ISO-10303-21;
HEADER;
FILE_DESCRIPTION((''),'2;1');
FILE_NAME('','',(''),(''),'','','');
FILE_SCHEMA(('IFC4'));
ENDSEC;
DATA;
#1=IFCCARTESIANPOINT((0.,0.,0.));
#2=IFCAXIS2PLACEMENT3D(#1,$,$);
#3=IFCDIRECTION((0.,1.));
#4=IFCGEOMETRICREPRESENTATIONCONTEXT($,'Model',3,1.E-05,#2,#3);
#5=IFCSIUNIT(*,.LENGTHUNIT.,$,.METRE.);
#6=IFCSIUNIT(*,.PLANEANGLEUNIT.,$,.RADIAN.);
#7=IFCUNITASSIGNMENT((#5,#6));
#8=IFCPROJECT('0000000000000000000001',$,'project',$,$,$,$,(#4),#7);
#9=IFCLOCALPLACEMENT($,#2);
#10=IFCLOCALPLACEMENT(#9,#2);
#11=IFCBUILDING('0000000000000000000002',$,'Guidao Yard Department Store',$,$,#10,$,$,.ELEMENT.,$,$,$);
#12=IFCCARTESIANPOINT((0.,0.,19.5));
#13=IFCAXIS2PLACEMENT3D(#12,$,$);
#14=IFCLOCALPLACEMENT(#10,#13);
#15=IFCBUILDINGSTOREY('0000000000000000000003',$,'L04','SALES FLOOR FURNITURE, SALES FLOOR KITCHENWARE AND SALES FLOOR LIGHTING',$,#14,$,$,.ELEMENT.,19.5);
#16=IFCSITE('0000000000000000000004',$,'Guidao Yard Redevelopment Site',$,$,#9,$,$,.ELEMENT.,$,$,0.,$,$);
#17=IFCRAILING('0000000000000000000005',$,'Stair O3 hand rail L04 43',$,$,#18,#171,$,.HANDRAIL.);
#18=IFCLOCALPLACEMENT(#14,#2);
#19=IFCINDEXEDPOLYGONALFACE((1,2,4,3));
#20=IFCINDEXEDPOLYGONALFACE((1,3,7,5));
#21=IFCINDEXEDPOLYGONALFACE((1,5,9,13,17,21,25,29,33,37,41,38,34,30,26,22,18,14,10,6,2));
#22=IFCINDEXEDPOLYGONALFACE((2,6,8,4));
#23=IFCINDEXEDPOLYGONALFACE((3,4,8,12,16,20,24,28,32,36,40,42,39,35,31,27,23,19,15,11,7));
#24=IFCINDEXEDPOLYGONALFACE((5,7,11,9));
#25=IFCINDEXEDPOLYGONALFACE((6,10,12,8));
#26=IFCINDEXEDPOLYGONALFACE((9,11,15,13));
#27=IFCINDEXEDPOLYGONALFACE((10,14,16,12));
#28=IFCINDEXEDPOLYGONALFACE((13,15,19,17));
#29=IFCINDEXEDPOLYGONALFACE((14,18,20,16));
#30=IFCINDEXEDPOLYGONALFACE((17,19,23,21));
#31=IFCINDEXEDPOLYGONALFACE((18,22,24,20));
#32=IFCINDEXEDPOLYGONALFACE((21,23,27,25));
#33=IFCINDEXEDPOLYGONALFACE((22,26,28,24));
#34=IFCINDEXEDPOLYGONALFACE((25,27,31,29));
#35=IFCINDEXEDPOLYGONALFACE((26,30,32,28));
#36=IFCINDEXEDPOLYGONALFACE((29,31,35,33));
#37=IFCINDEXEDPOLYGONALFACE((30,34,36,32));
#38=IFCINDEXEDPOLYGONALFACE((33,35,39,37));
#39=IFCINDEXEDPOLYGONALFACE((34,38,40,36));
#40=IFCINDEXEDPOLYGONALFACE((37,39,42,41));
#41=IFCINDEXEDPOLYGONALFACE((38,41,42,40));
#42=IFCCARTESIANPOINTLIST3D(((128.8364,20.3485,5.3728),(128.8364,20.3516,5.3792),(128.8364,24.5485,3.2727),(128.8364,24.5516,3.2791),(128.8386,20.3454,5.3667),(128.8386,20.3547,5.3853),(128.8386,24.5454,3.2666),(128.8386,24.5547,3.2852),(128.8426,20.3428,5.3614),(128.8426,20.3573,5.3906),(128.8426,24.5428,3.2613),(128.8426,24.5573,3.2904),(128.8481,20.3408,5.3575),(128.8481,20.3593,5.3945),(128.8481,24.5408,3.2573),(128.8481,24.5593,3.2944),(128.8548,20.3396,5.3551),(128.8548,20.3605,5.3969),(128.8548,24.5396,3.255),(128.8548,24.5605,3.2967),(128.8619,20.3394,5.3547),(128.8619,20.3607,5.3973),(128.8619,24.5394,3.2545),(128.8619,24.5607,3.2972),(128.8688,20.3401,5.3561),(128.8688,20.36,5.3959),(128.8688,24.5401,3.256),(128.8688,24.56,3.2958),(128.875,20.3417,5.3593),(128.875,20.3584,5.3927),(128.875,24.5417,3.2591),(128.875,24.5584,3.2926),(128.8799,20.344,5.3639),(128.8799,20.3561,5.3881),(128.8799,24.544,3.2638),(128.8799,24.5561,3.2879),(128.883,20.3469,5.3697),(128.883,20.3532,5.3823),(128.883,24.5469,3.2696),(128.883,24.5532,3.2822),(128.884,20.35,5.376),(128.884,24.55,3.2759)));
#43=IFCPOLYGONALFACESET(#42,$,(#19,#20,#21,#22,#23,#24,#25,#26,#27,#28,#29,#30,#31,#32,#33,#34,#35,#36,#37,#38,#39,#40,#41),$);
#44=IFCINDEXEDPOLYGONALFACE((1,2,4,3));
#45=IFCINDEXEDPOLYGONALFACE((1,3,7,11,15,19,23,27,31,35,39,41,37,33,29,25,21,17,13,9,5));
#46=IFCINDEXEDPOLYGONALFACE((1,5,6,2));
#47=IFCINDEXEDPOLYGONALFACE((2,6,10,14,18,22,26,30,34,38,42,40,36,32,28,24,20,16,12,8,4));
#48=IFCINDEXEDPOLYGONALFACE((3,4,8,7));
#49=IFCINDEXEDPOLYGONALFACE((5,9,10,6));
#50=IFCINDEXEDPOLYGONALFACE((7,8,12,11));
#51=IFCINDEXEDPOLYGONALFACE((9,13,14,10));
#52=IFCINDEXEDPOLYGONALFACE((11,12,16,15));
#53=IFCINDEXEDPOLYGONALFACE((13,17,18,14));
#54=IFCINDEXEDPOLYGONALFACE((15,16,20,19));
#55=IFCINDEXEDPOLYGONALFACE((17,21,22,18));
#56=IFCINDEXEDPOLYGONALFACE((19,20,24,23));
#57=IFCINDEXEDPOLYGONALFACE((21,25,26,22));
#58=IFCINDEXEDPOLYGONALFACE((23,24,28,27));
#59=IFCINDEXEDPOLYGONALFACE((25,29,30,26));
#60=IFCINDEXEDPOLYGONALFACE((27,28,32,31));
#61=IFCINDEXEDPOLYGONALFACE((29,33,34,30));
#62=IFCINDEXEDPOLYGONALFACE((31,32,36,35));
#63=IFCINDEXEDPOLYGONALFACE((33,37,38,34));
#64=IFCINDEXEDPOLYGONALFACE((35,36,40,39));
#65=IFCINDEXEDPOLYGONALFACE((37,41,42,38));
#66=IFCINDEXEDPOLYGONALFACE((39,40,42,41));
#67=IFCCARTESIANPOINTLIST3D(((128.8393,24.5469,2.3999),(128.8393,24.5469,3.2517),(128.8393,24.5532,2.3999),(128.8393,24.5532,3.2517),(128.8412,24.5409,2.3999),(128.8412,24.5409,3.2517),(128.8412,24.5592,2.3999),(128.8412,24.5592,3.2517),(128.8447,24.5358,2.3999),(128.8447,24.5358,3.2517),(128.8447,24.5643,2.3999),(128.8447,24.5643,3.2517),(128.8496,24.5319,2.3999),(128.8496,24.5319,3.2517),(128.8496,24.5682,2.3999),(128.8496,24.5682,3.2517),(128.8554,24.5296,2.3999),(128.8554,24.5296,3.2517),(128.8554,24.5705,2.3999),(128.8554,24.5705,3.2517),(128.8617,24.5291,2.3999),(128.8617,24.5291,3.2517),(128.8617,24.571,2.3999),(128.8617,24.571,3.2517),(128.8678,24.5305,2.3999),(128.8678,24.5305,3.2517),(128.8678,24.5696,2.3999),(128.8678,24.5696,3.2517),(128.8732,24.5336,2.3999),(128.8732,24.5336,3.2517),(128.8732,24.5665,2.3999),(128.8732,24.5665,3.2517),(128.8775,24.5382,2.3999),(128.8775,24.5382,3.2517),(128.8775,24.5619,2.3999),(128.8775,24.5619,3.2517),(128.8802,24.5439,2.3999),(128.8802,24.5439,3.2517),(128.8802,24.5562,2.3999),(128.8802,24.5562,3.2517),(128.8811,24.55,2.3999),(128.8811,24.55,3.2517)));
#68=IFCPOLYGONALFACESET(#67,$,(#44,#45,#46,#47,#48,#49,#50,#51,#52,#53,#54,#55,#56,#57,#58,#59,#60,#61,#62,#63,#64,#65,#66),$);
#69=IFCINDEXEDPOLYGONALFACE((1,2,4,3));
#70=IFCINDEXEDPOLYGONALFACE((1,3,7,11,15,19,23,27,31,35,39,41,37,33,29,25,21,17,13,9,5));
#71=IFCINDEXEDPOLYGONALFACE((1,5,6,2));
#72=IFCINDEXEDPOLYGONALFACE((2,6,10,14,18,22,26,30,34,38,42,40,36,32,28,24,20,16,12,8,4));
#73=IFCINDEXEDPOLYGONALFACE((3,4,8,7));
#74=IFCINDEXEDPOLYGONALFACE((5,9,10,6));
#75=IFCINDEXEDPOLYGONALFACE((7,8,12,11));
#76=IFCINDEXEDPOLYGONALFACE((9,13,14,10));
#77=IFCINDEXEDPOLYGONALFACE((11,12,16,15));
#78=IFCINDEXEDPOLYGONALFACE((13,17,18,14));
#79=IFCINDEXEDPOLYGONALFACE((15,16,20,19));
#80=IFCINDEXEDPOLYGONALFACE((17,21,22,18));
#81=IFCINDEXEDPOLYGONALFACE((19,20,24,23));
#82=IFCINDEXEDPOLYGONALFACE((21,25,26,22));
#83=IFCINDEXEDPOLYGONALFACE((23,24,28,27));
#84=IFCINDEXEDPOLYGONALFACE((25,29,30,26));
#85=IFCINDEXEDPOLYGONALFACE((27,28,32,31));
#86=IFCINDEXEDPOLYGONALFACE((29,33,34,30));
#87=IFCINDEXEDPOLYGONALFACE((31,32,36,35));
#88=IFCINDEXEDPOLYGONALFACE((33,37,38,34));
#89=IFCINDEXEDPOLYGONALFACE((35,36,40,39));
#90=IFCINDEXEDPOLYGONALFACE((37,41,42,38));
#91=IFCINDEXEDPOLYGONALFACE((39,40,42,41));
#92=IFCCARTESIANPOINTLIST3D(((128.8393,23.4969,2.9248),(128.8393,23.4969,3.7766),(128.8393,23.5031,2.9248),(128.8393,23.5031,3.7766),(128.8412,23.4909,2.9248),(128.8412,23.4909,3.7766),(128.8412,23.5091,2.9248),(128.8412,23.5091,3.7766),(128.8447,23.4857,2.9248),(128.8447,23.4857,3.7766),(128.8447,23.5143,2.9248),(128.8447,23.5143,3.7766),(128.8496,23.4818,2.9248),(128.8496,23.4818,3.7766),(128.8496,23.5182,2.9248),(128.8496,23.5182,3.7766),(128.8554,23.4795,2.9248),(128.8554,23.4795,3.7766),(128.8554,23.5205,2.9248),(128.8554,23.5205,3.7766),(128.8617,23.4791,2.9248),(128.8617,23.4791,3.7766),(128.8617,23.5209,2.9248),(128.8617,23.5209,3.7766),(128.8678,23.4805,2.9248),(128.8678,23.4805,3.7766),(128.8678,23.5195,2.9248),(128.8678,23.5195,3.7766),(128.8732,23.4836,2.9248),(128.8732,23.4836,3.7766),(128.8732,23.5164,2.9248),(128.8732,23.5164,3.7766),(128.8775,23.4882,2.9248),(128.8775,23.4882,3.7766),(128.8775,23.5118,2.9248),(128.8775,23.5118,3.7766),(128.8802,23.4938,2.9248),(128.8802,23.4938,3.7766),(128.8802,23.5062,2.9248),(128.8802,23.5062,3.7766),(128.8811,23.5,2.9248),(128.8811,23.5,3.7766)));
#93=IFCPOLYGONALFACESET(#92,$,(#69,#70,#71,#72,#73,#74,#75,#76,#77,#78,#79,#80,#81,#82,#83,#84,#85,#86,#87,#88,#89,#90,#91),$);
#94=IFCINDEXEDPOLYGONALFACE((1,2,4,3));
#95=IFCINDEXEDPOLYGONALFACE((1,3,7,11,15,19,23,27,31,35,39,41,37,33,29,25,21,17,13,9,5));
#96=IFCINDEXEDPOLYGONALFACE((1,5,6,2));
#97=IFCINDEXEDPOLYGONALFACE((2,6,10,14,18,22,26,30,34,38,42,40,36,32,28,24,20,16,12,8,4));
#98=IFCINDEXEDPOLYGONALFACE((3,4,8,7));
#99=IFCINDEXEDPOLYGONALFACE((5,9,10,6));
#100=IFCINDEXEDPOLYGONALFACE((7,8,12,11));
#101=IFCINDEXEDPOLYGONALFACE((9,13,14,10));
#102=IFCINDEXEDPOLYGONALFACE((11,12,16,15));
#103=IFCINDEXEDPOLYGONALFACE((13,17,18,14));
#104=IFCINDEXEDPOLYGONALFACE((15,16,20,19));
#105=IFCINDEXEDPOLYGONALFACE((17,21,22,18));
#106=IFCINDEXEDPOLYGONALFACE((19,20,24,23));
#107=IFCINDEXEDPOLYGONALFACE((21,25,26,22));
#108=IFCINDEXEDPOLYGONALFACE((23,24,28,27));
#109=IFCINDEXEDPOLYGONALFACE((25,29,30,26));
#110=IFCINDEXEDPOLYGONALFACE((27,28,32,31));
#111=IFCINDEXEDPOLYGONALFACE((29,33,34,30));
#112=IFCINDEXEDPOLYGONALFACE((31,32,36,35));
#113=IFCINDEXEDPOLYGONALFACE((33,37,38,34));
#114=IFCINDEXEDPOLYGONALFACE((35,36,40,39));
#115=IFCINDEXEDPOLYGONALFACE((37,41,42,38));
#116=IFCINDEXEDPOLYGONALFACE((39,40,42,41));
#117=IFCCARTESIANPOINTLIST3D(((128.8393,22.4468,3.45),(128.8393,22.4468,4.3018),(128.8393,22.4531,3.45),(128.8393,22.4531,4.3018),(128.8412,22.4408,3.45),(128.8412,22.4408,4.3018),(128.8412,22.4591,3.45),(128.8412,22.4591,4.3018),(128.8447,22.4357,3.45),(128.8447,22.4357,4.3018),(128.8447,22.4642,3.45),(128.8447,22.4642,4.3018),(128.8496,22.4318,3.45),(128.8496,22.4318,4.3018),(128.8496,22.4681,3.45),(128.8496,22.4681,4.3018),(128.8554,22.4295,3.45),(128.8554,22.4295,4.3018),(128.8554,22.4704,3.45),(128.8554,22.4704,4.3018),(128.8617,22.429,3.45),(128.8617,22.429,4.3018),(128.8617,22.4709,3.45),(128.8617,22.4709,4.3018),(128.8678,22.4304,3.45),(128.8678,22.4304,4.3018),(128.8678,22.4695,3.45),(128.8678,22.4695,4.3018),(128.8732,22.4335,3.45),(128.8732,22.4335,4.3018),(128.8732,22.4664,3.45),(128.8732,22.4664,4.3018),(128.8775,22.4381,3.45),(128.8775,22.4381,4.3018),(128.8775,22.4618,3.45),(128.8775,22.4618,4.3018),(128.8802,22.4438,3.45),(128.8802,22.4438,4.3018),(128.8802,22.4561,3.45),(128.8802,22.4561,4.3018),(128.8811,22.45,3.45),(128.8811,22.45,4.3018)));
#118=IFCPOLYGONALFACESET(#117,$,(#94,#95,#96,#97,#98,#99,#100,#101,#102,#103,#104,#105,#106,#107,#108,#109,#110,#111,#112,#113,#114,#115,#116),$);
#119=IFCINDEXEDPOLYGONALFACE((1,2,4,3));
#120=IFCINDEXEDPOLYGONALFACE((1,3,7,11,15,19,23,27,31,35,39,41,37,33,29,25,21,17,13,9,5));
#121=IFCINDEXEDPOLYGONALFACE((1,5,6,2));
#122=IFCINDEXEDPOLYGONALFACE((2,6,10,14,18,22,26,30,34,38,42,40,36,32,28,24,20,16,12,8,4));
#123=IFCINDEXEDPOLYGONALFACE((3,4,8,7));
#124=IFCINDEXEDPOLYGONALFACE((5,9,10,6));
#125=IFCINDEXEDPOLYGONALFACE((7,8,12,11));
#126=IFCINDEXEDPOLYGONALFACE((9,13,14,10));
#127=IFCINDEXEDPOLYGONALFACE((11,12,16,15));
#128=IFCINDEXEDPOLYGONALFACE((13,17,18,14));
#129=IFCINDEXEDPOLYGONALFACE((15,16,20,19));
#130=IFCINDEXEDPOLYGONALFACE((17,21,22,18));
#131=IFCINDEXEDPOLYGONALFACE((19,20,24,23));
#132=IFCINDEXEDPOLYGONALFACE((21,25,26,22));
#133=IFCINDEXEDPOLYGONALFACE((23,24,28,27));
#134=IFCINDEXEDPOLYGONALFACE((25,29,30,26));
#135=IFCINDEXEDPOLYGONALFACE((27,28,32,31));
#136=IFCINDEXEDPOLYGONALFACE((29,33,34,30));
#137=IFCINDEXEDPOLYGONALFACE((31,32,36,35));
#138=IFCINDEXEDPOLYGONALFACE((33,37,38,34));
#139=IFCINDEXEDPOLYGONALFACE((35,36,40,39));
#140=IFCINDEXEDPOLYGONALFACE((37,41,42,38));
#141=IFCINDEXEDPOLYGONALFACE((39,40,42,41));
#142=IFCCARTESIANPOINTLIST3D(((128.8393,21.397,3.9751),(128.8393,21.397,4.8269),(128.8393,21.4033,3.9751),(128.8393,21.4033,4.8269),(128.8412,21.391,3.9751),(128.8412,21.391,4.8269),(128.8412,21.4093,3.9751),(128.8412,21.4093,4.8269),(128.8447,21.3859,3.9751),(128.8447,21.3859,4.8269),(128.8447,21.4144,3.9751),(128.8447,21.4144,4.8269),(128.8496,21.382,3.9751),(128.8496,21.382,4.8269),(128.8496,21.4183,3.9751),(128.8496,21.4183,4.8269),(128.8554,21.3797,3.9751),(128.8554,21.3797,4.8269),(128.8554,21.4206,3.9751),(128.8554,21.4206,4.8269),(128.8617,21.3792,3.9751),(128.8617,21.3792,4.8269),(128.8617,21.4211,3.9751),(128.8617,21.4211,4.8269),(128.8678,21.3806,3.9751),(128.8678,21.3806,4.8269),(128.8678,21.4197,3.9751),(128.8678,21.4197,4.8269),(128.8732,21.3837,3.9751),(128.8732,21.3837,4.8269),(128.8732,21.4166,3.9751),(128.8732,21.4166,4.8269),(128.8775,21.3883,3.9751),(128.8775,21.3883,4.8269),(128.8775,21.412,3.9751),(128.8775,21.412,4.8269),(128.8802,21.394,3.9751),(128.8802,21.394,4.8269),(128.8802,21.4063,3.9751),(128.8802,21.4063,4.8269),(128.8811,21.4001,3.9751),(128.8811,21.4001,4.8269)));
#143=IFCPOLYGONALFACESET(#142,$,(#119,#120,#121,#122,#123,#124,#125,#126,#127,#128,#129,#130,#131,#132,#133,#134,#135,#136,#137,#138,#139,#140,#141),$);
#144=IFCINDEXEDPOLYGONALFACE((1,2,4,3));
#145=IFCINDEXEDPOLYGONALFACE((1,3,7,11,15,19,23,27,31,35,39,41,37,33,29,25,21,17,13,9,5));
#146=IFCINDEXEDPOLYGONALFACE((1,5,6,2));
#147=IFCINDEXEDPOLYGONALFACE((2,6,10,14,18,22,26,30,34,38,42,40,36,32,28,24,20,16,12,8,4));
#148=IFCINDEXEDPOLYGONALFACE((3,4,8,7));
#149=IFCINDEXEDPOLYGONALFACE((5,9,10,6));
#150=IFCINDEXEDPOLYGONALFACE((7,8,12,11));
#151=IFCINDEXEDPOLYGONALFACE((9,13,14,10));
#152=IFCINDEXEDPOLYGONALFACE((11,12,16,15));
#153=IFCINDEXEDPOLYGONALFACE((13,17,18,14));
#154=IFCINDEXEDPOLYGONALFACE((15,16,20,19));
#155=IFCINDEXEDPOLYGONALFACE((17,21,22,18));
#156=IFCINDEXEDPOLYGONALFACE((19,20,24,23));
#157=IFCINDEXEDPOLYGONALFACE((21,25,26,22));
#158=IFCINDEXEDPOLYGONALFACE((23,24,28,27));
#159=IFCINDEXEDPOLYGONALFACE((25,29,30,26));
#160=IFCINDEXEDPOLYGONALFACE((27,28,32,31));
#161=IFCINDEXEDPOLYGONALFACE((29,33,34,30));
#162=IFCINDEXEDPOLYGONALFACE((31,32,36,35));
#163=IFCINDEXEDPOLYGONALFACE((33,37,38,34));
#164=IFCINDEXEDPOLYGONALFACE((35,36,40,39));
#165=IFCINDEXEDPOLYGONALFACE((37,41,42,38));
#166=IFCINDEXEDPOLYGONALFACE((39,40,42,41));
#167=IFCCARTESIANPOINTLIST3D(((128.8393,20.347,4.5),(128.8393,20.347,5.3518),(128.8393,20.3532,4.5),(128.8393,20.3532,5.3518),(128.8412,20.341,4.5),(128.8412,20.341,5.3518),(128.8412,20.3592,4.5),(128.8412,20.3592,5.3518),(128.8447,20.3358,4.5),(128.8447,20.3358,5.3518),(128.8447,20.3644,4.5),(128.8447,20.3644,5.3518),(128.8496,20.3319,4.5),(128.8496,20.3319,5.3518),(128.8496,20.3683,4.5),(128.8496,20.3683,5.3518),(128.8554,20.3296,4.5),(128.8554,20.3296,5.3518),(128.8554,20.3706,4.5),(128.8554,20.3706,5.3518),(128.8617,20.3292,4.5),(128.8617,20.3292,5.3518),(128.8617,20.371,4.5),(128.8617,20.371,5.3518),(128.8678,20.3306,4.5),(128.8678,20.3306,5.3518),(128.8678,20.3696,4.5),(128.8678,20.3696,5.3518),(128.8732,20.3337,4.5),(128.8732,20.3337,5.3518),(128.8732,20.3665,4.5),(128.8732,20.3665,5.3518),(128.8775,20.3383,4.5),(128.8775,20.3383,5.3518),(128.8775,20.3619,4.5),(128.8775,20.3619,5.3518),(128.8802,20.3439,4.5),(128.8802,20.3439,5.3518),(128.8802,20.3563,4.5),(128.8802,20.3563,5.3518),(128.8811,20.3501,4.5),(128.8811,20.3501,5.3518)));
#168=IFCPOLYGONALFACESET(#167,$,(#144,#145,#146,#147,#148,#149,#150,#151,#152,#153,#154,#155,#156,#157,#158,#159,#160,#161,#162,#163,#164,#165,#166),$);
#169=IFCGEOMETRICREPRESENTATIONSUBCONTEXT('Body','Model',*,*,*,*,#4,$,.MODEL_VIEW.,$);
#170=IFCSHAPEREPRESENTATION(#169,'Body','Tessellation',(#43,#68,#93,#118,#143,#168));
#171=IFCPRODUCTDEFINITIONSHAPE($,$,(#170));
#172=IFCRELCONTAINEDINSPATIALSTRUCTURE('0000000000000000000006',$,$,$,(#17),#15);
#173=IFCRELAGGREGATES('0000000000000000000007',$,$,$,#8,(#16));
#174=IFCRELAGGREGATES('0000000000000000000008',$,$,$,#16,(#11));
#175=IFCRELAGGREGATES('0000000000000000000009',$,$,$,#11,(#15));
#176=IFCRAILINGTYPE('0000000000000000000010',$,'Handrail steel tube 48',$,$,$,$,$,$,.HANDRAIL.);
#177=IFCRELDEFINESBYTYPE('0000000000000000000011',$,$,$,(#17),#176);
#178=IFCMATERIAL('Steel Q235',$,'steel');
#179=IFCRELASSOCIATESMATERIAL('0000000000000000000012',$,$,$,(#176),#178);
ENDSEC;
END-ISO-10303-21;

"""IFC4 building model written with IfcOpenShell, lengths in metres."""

from ifc_helpers import new_model, si_unit, direction, frame, origin, origin_2d, place, context, subcontext, project, spatial, circle, extrude, material, type_object, element, save


model = new_model("IFC4")

# Units and contexts
model_context = context("Model", 3, precision=1e-05, world=origin(), true_north=direction((0.0, 1.0)))
body_context = subcontext(model_context, "Body", "Model", "MODEL_VIEW")
ifc_project = project(units=[si_unit("LENGTHUNIT", "METRE"), si_unit("PLANEANGLEUNIT", "RADIAN")], contexts=[model_context])

# Site, building, storey
site_placement = place(None, origin())
site = spatial("IfcSite", under=ifc_project, at=site_placement, Name="Guidao Yard Redevelopment Site", CompositionType="ELEMENT", RefElevation=0.0)
building_placement = place(site_placement, origin())
building = spatial("IfcBuilding", under=site, at=building_placement, Name="Guidao Yard Department Store", CompositionType="ELEMENT")
storey_placement = place(building_placement, frame((0.0, 0.0, 19.5)))
storey = spatial("IfcBuildingStorey", under=building, at=storey_placement, Name="L04", Description="SALES FLOOR FURNITURE, SALES FLOOR KITCHENWARE AND SALES FLOOR LIGHTING", CompositionType="ELEMENT", Elevation=19.5)

# Railing
ifc_material_1 = material(Name="Steel Q235", Category="steel")
railing_type_1 = type_object("IfcRailingType", Name="Handrail steel tube 48", PredefinedType="HANDRAIL", material=ifc_material_1)
for number, where, name in (
    (1, (128.8601, 24.55, 2.3999), "Stair O3 hand rail L04 43"),
):
    element("IfcRailing", number, at=place(storey_placement, frame(where)), inside=storey, type_object=railing_type_1, Name=name, PredefinedType="HANDRAIL", context=body_context, shape_type="SweptSolid", body=[
        extrude(circle(Radius=0.0239, at=origin_2d()), frame((0.0, 0.0, 0.876), z_axis=(0.0, -0.894417, 0.447234), x_axis=(1.0, 0.0, 0.0)), (0.0, 0.0, 1.0), 4.6958),
        extrude(circle(Radius=0.021, at=origin_2d()), origin(), (0.0, 0.0, 1.0), 0.8518),
        extrude(circle(Radius=0.021, at=origin_2d()), frame((0.0, -1.05, 0.5249)), (0.0, 0.0, 1.0), 0.8518),
        extrude(circle(Radius=0.021, at=origin_2d()), frame((0.0, -2.1001, 1.05)), (0.0, 0.0, 1.0), 0.8518),
        extrude(circle(Radius=0.021, at=origin_2d()), frame((0.0, -3.1499, 1.5752)), (0.0, 0.0, 1.0), 0.8518),
        extrude(circle(Radius=0.021, at=origin_2d()), frame((0.0, -4.2, 2.1001)), (0.0, 0.0, 1.0), 0.8518),
    ])

save(model, "model.ifc")
